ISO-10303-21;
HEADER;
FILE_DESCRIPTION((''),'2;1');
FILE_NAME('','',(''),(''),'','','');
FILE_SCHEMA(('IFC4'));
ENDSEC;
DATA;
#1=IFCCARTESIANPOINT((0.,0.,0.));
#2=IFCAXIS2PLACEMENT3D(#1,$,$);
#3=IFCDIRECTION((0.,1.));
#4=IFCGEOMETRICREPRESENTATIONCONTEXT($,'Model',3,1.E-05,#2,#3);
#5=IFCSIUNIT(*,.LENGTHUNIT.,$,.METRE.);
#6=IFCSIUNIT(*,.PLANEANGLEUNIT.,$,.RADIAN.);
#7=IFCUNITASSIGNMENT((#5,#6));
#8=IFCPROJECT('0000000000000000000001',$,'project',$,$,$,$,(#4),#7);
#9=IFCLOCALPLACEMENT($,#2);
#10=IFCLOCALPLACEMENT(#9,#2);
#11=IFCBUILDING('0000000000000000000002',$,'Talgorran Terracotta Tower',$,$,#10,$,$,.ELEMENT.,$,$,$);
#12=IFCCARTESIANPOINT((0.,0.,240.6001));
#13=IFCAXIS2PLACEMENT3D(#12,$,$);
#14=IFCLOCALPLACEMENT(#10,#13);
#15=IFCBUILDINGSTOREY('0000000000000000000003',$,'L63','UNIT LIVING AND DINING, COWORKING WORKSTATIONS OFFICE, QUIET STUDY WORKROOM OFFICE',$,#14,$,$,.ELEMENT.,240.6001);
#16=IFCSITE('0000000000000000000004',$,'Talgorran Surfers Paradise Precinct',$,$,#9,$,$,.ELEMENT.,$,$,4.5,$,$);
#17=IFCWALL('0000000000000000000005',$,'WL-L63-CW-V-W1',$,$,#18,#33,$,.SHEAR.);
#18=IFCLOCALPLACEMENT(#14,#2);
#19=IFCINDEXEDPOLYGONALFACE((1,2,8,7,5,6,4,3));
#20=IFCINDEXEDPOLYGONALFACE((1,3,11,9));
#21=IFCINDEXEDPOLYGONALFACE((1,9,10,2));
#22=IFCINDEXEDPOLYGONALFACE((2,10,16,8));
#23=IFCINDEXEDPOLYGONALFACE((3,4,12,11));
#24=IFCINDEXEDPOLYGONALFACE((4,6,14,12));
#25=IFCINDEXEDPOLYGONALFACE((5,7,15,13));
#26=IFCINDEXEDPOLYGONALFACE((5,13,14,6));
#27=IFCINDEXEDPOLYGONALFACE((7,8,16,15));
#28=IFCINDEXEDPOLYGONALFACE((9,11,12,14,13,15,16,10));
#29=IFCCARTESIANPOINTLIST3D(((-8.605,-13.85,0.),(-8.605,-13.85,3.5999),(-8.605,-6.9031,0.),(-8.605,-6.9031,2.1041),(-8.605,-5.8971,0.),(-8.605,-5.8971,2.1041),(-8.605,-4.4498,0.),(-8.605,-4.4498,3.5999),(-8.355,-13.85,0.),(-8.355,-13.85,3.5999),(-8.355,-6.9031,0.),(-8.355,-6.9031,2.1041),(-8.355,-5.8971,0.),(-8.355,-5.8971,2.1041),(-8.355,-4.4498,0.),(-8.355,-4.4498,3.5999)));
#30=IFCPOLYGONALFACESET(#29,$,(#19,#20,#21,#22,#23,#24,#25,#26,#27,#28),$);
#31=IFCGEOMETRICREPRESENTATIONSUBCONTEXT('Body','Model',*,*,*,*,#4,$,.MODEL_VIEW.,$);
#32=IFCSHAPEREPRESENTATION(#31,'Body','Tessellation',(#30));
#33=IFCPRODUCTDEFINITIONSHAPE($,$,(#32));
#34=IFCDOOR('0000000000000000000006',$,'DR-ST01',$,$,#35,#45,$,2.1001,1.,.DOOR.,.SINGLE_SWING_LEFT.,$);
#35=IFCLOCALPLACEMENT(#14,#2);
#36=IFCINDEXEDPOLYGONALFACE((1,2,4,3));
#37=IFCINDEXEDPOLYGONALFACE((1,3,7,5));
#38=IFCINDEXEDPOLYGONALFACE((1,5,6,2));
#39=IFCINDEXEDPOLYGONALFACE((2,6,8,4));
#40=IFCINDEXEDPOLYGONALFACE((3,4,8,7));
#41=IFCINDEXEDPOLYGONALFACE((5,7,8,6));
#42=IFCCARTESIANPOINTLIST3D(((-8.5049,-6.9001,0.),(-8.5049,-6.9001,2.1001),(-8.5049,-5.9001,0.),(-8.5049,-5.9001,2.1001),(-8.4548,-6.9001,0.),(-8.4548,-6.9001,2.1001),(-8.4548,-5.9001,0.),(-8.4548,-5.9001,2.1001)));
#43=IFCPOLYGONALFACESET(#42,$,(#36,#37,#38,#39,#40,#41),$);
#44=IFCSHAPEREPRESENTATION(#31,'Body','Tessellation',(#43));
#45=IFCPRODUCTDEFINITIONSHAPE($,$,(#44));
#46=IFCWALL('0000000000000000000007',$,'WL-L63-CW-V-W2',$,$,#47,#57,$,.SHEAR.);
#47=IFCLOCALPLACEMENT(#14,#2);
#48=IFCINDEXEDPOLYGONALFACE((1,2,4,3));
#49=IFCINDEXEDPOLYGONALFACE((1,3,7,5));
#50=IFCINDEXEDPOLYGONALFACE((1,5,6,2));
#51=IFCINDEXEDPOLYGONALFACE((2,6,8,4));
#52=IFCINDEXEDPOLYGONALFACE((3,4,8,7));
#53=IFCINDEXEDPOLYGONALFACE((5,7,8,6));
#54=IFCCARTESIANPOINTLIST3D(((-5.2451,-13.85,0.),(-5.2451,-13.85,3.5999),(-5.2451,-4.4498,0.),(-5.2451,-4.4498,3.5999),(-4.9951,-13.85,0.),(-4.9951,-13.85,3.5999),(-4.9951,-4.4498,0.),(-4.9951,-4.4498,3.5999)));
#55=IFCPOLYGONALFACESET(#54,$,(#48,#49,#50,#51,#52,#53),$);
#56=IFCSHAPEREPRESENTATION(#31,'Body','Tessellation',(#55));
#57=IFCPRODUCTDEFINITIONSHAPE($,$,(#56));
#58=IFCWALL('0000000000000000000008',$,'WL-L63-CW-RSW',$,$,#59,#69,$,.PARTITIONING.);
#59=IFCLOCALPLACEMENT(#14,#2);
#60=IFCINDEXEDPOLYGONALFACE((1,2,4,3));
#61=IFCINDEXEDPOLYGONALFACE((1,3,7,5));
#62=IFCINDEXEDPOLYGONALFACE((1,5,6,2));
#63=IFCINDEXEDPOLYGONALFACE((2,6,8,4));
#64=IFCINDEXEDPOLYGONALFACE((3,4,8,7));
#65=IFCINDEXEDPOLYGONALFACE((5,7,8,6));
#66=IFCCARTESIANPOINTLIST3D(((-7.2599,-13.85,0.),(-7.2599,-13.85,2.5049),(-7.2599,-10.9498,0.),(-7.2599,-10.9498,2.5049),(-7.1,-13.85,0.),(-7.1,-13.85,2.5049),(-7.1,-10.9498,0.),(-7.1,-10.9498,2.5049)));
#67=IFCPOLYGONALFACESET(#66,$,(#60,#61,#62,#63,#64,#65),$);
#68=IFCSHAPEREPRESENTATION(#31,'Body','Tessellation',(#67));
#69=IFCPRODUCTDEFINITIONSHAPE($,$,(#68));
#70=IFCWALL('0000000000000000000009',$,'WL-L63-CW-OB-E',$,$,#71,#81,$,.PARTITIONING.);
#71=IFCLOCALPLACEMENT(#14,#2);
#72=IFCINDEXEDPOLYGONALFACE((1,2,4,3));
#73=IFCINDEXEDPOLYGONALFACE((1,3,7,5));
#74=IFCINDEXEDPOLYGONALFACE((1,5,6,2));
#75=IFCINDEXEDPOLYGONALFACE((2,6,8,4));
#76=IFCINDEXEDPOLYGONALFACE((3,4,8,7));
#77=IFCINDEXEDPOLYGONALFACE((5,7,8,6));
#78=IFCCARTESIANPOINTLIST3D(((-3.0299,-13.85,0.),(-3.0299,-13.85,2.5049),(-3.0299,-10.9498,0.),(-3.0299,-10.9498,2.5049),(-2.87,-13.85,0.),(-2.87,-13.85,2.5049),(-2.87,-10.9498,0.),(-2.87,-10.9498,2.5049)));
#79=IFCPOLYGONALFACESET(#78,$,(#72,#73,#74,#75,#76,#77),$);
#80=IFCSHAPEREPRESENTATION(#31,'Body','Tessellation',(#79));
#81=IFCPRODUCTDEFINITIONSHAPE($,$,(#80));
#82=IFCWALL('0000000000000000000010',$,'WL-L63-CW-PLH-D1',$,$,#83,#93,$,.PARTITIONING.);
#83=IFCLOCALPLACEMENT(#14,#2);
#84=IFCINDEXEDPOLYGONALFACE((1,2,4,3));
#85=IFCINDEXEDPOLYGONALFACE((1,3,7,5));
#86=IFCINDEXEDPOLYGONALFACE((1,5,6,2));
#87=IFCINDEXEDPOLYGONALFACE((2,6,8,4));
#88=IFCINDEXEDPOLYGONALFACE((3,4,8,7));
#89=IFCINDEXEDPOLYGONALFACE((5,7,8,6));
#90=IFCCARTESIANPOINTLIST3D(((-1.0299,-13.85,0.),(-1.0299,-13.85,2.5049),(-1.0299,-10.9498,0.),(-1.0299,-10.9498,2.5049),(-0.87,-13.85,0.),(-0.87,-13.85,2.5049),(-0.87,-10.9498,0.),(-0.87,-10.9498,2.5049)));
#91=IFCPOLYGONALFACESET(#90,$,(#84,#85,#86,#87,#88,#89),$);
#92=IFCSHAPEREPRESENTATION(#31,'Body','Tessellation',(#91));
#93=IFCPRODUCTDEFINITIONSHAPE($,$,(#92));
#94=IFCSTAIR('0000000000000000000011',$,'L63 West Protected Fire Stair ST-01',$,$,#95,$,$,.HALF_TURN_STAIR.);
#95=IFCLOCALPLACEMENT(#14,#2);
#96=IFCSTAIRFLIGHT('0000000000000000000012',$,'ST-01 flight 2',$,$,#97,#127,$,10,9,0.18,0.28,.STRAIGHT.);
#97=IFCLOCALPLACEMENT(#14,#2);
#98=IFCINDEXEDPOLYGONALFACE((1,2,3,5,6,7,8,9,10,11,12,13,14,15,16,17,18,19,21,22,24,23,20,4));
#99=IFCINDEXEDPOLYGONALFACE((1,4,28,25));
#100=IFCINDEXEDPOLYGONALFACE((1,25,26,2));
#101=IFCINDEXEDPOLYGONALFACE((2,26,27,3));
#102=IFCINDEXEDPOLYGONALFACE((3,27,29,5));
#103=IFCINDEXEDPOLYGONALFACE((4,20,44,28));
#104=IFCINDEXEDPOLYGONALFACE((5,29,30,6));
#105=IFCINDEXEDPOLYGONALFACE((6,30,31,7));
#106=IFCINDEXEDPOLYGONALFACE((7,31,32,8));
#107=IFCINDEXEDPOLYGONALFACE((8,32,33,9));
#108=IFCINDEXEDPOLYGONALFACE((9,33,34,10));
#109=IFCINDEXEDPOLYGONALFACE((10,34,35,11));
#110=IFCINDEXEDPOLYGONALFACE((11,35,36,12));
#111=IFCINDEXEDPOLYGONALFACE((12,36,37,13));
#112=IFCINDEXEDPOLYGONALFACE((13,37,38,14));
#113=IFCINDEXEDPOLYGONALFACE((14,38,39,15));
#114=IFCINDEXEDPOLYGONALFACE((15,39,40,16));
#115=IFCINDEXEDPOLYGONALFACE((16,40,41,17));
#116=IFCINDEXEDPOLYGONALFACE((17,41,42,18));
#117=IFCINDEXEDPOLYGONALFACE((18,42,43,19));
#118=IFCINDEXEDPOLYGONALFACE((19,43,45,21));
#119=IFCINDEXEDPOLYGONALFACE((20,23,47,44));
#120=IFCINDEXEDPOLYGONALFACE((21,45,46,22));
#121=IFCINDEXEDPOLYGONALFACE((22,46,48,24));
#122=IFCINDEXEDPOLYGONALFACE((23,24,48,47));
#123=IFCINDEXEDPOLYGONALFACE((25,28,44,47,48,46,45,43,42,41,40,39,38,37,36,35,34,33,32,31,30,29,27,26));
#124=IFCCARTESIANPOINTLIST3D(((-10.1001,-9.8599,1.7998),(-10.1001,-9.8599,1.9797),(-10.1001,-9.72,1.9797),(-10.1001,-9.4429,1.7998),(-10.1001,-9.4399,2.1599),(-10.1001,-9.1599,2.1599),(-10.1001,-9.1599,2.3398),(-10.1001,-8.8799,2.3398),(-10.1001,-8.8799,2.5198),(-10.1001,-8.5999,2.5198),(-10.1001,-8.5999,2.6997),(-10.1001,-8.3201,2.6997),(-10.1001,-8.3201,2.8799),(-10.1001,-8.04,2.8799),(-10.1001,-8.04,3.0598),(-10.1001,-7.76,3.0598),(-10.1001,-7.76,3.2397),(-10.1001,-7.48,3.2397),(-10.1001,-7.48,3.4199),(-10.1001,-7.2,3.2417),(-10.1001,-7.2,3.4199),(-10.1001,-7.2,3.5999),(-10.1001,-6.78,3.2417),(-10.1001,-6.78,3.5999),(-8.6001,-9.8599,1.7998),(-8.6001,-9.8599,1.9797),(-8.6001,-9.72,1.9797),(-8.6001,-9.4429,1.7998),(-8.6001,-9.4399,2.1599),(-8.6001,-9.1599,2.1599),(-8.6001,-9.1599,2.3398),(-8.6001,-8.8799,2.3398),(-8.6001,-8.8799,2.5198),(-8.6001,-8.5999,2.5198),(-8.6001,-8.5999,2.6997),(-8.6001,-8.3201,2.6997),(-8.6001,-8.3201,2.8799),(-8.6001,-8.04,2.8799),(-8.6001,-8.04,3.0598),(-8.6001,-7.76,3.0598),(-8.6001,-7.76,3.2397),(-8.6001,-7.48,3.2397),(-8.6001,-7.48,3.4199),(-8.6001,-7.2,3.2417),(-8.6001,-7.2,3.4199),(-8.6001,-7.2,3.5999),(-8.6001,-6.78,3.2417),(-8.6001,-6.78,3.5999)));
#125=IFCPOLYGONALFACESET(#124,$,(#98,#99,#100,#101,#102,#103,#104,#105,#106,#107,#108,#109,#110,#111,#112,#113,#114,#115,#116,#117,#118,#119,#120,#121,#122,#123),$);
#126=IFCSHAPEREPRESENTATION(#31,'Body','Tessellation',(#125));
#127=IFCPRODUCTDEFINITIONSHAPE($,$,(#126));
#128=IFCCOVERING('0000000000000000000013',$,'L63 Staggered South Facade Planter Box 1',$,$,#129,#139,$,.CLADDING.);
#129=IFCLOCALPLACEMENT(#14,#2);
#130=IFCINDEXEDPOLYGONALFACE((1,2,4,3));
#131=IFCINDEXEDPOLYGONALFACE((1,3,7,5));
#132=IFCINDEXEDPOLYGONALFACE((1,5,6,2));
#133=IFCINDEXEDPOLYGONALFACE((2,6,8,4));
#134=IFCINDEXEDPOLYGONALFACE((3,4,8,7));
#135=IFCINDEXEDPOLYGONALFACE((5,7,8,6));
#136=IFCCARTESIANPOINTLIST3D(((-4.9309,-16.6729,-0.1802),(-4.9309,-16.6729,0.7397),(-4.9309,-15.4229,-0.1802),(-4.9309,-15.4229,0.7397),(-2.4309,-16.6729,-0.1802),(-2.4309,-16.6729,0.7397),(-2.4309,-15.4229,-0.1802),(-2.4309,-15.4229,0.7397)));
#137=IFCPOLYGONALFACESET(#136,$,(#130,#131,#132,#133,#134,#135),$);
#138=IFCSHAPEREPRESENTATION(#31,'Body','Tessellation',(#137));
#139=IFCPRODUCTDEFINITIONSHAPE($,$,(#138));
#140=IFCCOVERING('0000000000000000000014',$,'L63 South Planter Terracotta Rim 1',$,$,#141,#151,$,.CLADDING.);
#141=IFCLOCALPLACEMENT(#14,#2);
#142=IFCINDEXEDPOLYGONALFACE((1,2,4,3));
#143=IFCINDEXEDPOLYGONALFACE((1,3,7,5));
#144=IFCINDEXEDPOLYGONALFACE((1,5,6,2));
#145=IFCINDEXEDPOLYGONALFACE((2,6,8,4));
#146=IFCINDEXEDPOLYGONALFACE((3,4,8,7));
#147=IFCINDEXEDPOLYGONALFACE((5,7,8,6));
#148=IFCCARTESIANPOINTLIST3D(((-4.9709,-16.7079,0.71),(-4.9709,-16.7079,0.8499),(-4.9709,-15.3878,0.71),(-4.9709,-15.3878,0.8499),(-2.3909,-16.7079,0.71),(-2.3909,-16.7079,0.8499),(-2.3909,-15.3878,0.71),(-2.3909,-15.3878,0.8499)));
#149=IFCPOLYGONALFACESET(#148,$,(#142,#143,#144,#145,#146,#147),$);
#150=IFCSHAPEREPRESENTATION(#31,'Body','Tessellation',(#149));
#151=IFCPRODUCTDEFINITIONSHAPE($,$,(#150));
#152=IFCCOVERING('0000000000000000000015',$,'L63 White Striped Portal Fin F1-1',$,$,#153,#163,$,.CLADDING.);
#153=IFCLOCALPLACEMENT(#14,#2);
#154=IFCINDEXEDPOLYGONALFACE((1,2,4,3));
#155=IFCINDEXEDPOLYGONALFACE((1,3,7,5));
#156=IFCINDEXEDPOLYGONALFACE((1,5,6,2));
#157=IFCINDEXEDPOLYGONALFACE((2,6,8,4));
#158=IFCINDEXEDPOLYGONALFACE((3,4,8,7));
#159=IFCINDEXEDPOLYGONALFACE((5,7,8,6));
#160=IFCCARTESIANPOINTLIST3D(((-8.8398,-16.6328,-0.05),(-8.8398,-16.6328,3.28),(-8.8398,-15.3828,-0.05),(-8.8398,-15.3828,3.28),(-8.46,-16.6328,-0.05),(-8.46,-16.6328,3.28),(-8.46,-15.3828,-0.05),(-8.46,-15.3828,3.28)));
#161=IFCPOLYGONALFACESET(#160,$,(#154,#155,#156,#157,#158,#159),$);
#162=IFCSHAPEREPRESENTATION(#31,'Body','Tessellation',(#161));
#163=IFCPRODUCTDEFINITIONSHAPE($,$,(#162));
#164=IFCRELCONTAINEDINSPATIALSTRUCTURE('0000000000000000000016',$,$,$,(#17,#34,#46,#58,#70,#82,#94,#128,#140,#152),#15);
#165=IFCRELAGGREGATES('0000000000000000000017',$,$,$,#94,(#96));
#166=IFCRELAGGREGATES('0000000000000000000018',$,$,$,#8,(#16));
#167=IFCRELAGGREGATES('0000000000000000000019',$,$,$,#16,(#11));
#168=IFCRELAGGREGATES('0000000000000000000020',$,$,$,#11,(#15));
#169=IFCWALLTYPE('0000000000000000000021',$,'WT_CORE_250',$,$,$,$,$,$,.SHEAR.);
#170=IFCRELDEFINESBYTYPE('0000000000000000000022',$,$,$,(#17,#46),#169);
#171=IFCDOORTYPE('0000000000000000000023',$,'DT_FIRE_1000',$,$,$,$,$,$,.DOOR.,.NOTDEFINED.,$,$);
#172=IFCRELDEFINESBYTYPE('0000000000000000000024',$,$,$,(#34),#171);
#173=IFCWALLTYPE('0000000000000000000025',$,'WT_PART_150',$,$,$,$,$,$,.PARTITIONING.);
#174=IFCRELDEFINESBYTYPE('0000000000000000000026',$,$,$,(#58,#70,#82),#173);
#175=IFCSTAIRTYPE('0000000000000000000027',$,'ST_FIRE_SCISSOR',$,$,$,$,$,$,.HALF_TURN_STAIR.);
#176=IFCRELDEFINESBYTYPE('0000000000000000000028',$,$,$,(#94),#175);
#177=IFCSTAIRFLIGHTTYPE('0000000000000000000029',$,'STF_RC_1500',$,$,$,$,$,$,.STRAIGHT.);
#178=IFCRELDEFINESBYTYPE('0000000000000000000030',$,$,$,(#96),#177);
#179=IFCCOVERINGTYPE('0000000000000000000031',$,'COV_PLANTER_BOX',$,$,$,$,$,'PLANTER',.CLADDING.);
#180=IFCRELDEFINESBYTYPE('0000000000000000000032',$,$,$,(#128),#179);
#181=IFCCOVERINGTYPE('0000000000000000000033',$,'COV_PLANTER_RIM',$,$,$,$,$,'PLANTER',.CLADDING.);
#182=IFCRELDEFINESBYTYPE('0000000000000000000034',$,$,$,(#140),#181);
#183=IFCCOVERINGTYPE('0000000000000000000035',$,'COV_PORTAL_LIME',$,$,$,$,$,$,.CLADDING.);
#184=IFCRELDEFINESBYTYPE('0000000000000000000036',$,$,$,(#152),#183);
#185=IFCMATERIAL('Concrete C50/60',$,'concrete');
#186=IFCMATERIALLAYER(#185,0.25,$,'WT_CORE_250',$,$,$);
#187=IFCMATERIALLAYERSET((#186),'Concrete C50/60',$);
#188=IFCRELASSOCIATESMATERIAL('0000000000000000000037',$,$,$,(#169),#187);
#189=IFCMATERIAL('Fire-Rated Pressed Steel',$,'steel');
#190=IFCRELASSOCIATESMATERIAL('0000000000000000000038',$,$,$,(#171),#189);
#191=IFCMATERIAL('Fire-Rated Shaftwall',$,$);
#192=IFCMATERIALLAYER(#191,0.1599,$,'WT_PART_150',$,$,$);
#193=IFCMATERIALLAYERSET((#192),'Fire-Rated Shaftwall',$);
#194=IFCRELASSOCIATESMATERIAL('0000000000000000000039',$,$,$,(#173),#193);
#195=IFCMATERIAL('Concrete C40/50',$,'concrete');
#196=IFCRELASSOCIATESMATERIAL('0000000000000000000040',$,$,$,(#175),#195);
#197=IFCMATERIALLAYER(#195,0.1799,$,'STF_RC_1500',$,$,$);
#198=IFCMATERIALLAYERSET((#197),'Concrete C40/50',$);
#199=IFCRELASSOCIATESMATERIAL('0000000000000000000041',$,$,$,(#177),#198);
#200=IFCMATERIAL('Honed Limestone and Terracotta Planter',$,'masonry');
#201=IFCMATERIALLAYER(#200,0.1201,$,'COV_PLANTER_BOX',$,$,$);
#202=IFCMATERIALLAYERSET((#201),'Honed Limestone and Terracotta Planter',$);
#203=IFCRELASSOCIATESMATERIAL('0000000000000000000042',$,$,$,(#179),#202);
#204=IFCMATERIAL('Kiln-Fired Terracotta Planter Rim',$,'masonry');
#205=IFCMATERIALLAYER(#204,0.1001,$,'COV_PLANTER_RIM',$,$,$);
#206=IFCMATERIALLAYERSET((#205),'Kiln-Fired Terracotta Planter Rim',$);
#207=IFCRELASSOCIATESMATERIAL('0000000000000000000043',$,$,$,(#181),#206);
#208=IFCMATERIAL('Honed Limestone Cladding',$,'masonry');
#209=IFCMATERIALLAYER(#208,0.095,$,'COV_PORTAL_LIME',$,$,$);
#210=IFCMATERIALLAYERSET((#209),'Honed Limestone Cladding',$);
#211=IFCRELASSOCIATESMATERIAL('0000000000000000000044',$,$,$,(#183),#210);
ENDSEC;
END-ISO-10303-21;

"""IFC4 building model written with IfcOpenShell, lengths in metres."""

from ifc_helpers import new_model, si_unit, direction, frame, frame_2d, origin, origin_2d, place, context, subcontext, project, spatial, polyline, rectangle, outline, extrude, material, layer, layer_set, type_object, element, fill, aggregate, save


model = new_model("IFC4")

# Units and contexts
model_context = context("Model", 3, precision=1e-05, world=origin(), true_north=direction((0.0, 1.0)))
body_context = subcontext(model_context, "Body", "Model", "MODEL_VIEW")
ifc_project = project(units=[si_unit("LENGTHUNIT", "METRE"), si_unit("PLANEANGLEUNIT", "RADIAN")], contexts=[model_context])

# Site, building, storey
site_placement = place(None, origin())
site = spatial("IfcSite", under=ifc_project, at=site_placement, Name="Talgorran Surfers Paradise Precinct", CompositionType="ELEMENT", RefElevation=4.5)
building_placement = place(site_placement, origin())
building = spatial("IfcBuilding", under=site, at=building_placement, Name="Talgorran Terracotta Tower", CompositionType="ELEMENT")
storey_placement = place(building_placement, frame((0.0, 0.0, 240.6001)))
storey = spatial("IfcBuildingStorey", under=building, at=storey_placement, Name="L63", Description="UNIT LIVING AND DINING, COWORKING WORKSTATIONS OFFICE, QUIET STUDY WORKROOM OFFICE", CompositionType="ELEMENT", Elevation=240.6001)

# Shared definitions
ifc_material_1 = material(Name="Concrete C50/60", Category="concrete")

# Shared definitions
ifc_material_2 = material(Name="Fire-Rated Pressed Steel", Category="steel")

# Wall, opening, door
ifc_layer_1 = layer(ifc_material_1, 0.25, Name="WT_CORE_250")
ifc_layer_set_1 = layer_set([ifc_layer_1], Name="Concrete C50/60")
wall_type_1 = type_object("IfcWallType", Name="WT_CORE_250", PredefinedType="SHEAR", material=ifc_layer_set_1)
wall_1_placement = place(storey_placement, frame((-8.48, -13.8501, 0.0), z_axis=(0.0, 0.0, 1.0), x_axis=(0.0, 1.0, 0.0)))
wall_1 = element("IfcWall", 1, at=wall_1_placement, inside=storey, type_object=wall_type_1, Name="WL-L63-CW-V-W1", PredefinedType="SHEAR", context=body_context, shape_type="SweptSolid", body=[
    extrude(rectangle(XDim=9.4001, YDim=0.25, at=frame_2d((4.7002, 0.0))), origin(), (0.0, 0.0, 1.0), 3.5999),
])
opening_1_placement = place(wall_1_placement, frame((6.95, 0.0, 0.0)))
opening_1 = element("IfcOpeningElement", 2, at=opening_1_placement, cuts=wall_1, PredefinedType="OPENING", context=body_context, shape_type="SweptSolid", body=[
    extrude(rectangle(XDim=1.006, YDim=2.1041, at=frame_2d((0.5, 1.052))), frame((0.0, 0.135, 0.0), z_axis=(0.0, -1.0, 0.0), x_axis=(1.0, 0.0, 0.0)), (0.0, 0.0, 1.0), 0.27),
])
door_type_1 = type_object("IfcDoorType", Name="DT_FIRE_1000", OperationType="NOTDEFINED", PredefinedType="DOOR", material=ifc_material_2)
door_1_placement = place(opening_1_placement, origin())
door_1 = element("IfcDoor", 3, at=door_1_placement, inside=storey, type_object=door_type_1, Name="DR-ST01", OperationType="SINGLE_SWING_LEFT", OverallHeight=2.1001, OverallWidth=1.0, PredefinedType="DOOR", context=body_context, shape_type="SweptSolid", body=[
    extrude(rectangle(XDim=1.0, YDim=2.1001, at=frame_2d((0.5, 1.05))), frame((0.0, 0.0249, 0.0), z_axis=(0.0, -1.0, 0.0), x_axis=(1.0, 0.0, 0.0)), (0.0, 0.0, 1.0), 0.05),
])
fill(opening_1, door_1)

# Walls
wall_2_placement = place(storey_placement, frame((-5.1201, -13.8501, 0.0), z_axis=(0.0, 0.0, 1.0), x_axis=(0.0, 1.0, 0.0)))
element("IfcWall", 4, at=wall_2_placement, inside=storey, type_object=wall_type_1, Name="WL-L63-CW-V-W2", PredefinedType="SHEAR", context=body_context, shape_type="SweptSolid", body=[
    extrude(rectangle(XDim=9.4001, YDim=0.25, at=frame_2d((4.7002, 0.0))), origin(), (0.0, 0.0, 1.0), 3.5999),
])
ifc_material_3 = material(Name="Fire-Rated Shaftwall")
ifc_layer_2 = layer(ifc_material_3, 0.1599, Name="WT_PART_150")
ifc_layer_set_2 = layer_set([ifc_layer_2], Name="Fire-Rated Shaftwall")
wall_type_2 = type_object("IfcWallType", Name="WT_PART_150", PredefinedType="PARTITIONING", material=ifc_layer_set_2)
for number, where, z_axis, x_axis, name in (
    (5, (-7.1799, -13.8501, 0.0), (0.0, 0.0, 1.0), (0.0, 1.0, 0.0), "WL-L63-CW-RSW"),
    (6, (-2.95, -13.8501, 0.0), (0.0, 0.0, 1.0), (0.0, 1.0, 0.0), "WL-L63-CW-OB-E"),
    (7, (-0.95, -13.8501, 0.0), (0.0, 0.0, 1.0), (0.0, 1.0, 0.0), "WL-L63-CW-PLH-D1"),
):
    element("IfcWall", number, at=place(storey_placement, frame(where, z_axis=z_axis, x_axis=x_axis)), inside=storey, type_object=wall_type_2, Name=name, PredefinedType="PARTITIONING", context=body_context, shape_type="SweptSolid", body=[
        extrude(rectangle(XDim=2.9001, YDim=0.1599, at=frame_2d((1.4502, 0.0))), origin(), (0.0, 0.0, 1.0), 2.5049),
    ])

# Stair, stair flight
ifc_material_4 = material(Name="Concrete C40/50", Category="concrete")
stair_type = type_object("IfcStairType", Name="ST_FIRE_SCISSOR", PredefinedType="HALF_TURN_STAIR", material=ifc_material_4)
stair_placement = place(storey_placement, origin())
stair = element("IfcStair", 8, at=stair_placement, inside=storey, type_object=stair_type, Name="L63 West Protected Fire Stair ST-01", PredefinedType="HALF_TURN_STAIR")
ifc_layer_3 = layer(ifc_material_4, 0.1799, Name="STF_RC_1500")
ifc_layer_set_3 = layer_set([ifc_layer_3], Name="Concrete C40/50")
stair_flight_type = type_object("IfcStairFlightType", Name="STF_RC_1500", PredefinedType="STRAIGHT", material=ifc_layer_set_3)
stair_flight_placement = place(storey_placement, frame((-9.3501, -9.72, 1.7998), z_axis=(0.0, 0.0, 1.0), x_axis=(0.0, 1.0, 0.0)))
stair_flight = element("IfcStairFlight", 9, at=stair_flight_placement, type_object=stair_flight_type, Name="ST-01 flight 2", NumberOfRisers=10, NumberOfTreads=9, PredefinedType="STRAIGHT", RiserHeight=0.18, TreadLength=0.28, context=body_context, shape_type="SweptSolid", body=[
    extrude(outline(polyline([(-0.1399, 0.0), (-0.1399, 0.1799), (0.0, 0.1799), (0.28, 0.3601), (0.5601, 0.3601), (0.5601, 0.54), (0.8401, 0.54), (0.8401, 0.72), (1.1201, 0.72), (1.1201, 0.8999), (1.3999, 0.8999), (1.3999, 1.0801), (1.6799, 1.0801), (1.6799, 1.26), (1.96, 1.26), (1.96, 1.4399), (2.24, 1.4399), (2.24, 1.6201), (2.52, 1.6201), (2.52, 1.8), (2.9399, 1.8), (2.9399, 1.4419), (2.52, 1.4419), (0.2771, 0.0), (-0.1399, 0.0)])), frame((0.0, 0.75, 0.0), z_axis=(0.0, -1.0, 0.0), x_axis=(1.0, 0.0, 0.0)), (0.0, 0.0, 1.0), 1.5),
])
aggregate(stair, [stair_flight])

# Coverings
ifc_material_5 = material(Name="Honed Limestone and Terracotta Planter", Category="masonry")
ifc_layer_4 = layer(ifc_material_5, 0.1201, Name="COV_PLANTER_BOX")
ifc_layer_set_4 = layer_set([ifc_layer_4], Name="Honed Limestone and Terracotta Planter")
covering_type_1 = type_object("IfcCoveringType", Name="COV_PLANTER_BOX", ElementType="PLANTER", PredefinedType="CLADDING", material=ifc_layer_set_4)
covering_1_placement = place(storey_placement, frame((-3.6809, -16.0479, -0.1802), z_axis=(0.0, 0.0, 1.0), x_axis=(1.0, 0.0, 0.0)))
element("IfcCovering", 10, at=covering_1_placement, inside=storey, type_object=covering_type_1, Name="L63 Staggered South Facade Planter Box 1", PredefinedType="CLADDING", context=body_context, shape_type="SweptSolid", body=[
    extrude(rectangle(XDim=2.5, YDim=1.25, at=origin_2d()), origin(), (0.0, 0.0, 1.0), 0.9199),
])
ifc_material_6 = material(Name="Kiln-Fired Terracotta Planter Rim", Category="masonry")
ifc_layer_5 = layer(ifc_material_6, 0.1001, Name="COV_PLANTER_RIM")
ifc_layer_set_5 = layer_set([ifc_layer_5], Name="Kiln-Fired Terracotta Planter Rim")
covering_type_2 = type_object("IfcCoveringType", Name="COV_PLANTER_RIM", ElementType="PLANTER", PredefinedType="CLADDING", material=ifc_layer_set_5)
covering_2_placement = place(storey_placement, frame((-3.6809, -16.0479, 0.71), z_axis=(0.0, 0.0, 1.0), x_axis=(1.0, 0.0, 0.0)))
element("IfcCovering", 11, at=covering_2_placement, inside=storey, type_object=covering_type_2, Name="L63 South Planter Terracotta Rim 1", PredefinedType="CLADDING", context=body_context, shape_type="SweptSolid", body=[
    extrude(rectangle(XDim=2.5801, YDim=1.3201, at=origin_2d()), origin(), (0.0, 0.0, 1.0), 0.1399),
])
ifc_material_7 = material(Name="Honed Limestone Cladding", Category="masonry")
ifc_layer_6 = layer(ifc_material_7, 0.095, Name="COV_PORTAL_LIME")
ifc_layer_set_6 = layer_set([ifc_layer_6], Name="Honed Limestone Cladding")
covering_type_3 = type_object("IfcCoveringType", Name="COV_PORTAL_LIME", PredefinedType="CLADDING", material=ifc_layer_set_6)
covering_3_placement = place(storey_placement, frame((-8.6499, -16.0078, -0.05), z_axis=(0.0, 0.0, 1.0), x_axis=(1.0, 0.0, 0.0)))
element("IfcCovering", 12, at=covering_3_placement, inside=storey, type_object=covering_type_3, Name="L63 White Striped Portal Fin F1-1", PredefinedType="CLADDING", context=body_context, shape_type="SweptSolid", body=[
    extrude(rectangle(XDim=0.3799, YDim=1.25, at=origin_2d()), origin(), (0.0, 0.0, 1.0), 3.3301),
])

save(model, "model.ifc")
